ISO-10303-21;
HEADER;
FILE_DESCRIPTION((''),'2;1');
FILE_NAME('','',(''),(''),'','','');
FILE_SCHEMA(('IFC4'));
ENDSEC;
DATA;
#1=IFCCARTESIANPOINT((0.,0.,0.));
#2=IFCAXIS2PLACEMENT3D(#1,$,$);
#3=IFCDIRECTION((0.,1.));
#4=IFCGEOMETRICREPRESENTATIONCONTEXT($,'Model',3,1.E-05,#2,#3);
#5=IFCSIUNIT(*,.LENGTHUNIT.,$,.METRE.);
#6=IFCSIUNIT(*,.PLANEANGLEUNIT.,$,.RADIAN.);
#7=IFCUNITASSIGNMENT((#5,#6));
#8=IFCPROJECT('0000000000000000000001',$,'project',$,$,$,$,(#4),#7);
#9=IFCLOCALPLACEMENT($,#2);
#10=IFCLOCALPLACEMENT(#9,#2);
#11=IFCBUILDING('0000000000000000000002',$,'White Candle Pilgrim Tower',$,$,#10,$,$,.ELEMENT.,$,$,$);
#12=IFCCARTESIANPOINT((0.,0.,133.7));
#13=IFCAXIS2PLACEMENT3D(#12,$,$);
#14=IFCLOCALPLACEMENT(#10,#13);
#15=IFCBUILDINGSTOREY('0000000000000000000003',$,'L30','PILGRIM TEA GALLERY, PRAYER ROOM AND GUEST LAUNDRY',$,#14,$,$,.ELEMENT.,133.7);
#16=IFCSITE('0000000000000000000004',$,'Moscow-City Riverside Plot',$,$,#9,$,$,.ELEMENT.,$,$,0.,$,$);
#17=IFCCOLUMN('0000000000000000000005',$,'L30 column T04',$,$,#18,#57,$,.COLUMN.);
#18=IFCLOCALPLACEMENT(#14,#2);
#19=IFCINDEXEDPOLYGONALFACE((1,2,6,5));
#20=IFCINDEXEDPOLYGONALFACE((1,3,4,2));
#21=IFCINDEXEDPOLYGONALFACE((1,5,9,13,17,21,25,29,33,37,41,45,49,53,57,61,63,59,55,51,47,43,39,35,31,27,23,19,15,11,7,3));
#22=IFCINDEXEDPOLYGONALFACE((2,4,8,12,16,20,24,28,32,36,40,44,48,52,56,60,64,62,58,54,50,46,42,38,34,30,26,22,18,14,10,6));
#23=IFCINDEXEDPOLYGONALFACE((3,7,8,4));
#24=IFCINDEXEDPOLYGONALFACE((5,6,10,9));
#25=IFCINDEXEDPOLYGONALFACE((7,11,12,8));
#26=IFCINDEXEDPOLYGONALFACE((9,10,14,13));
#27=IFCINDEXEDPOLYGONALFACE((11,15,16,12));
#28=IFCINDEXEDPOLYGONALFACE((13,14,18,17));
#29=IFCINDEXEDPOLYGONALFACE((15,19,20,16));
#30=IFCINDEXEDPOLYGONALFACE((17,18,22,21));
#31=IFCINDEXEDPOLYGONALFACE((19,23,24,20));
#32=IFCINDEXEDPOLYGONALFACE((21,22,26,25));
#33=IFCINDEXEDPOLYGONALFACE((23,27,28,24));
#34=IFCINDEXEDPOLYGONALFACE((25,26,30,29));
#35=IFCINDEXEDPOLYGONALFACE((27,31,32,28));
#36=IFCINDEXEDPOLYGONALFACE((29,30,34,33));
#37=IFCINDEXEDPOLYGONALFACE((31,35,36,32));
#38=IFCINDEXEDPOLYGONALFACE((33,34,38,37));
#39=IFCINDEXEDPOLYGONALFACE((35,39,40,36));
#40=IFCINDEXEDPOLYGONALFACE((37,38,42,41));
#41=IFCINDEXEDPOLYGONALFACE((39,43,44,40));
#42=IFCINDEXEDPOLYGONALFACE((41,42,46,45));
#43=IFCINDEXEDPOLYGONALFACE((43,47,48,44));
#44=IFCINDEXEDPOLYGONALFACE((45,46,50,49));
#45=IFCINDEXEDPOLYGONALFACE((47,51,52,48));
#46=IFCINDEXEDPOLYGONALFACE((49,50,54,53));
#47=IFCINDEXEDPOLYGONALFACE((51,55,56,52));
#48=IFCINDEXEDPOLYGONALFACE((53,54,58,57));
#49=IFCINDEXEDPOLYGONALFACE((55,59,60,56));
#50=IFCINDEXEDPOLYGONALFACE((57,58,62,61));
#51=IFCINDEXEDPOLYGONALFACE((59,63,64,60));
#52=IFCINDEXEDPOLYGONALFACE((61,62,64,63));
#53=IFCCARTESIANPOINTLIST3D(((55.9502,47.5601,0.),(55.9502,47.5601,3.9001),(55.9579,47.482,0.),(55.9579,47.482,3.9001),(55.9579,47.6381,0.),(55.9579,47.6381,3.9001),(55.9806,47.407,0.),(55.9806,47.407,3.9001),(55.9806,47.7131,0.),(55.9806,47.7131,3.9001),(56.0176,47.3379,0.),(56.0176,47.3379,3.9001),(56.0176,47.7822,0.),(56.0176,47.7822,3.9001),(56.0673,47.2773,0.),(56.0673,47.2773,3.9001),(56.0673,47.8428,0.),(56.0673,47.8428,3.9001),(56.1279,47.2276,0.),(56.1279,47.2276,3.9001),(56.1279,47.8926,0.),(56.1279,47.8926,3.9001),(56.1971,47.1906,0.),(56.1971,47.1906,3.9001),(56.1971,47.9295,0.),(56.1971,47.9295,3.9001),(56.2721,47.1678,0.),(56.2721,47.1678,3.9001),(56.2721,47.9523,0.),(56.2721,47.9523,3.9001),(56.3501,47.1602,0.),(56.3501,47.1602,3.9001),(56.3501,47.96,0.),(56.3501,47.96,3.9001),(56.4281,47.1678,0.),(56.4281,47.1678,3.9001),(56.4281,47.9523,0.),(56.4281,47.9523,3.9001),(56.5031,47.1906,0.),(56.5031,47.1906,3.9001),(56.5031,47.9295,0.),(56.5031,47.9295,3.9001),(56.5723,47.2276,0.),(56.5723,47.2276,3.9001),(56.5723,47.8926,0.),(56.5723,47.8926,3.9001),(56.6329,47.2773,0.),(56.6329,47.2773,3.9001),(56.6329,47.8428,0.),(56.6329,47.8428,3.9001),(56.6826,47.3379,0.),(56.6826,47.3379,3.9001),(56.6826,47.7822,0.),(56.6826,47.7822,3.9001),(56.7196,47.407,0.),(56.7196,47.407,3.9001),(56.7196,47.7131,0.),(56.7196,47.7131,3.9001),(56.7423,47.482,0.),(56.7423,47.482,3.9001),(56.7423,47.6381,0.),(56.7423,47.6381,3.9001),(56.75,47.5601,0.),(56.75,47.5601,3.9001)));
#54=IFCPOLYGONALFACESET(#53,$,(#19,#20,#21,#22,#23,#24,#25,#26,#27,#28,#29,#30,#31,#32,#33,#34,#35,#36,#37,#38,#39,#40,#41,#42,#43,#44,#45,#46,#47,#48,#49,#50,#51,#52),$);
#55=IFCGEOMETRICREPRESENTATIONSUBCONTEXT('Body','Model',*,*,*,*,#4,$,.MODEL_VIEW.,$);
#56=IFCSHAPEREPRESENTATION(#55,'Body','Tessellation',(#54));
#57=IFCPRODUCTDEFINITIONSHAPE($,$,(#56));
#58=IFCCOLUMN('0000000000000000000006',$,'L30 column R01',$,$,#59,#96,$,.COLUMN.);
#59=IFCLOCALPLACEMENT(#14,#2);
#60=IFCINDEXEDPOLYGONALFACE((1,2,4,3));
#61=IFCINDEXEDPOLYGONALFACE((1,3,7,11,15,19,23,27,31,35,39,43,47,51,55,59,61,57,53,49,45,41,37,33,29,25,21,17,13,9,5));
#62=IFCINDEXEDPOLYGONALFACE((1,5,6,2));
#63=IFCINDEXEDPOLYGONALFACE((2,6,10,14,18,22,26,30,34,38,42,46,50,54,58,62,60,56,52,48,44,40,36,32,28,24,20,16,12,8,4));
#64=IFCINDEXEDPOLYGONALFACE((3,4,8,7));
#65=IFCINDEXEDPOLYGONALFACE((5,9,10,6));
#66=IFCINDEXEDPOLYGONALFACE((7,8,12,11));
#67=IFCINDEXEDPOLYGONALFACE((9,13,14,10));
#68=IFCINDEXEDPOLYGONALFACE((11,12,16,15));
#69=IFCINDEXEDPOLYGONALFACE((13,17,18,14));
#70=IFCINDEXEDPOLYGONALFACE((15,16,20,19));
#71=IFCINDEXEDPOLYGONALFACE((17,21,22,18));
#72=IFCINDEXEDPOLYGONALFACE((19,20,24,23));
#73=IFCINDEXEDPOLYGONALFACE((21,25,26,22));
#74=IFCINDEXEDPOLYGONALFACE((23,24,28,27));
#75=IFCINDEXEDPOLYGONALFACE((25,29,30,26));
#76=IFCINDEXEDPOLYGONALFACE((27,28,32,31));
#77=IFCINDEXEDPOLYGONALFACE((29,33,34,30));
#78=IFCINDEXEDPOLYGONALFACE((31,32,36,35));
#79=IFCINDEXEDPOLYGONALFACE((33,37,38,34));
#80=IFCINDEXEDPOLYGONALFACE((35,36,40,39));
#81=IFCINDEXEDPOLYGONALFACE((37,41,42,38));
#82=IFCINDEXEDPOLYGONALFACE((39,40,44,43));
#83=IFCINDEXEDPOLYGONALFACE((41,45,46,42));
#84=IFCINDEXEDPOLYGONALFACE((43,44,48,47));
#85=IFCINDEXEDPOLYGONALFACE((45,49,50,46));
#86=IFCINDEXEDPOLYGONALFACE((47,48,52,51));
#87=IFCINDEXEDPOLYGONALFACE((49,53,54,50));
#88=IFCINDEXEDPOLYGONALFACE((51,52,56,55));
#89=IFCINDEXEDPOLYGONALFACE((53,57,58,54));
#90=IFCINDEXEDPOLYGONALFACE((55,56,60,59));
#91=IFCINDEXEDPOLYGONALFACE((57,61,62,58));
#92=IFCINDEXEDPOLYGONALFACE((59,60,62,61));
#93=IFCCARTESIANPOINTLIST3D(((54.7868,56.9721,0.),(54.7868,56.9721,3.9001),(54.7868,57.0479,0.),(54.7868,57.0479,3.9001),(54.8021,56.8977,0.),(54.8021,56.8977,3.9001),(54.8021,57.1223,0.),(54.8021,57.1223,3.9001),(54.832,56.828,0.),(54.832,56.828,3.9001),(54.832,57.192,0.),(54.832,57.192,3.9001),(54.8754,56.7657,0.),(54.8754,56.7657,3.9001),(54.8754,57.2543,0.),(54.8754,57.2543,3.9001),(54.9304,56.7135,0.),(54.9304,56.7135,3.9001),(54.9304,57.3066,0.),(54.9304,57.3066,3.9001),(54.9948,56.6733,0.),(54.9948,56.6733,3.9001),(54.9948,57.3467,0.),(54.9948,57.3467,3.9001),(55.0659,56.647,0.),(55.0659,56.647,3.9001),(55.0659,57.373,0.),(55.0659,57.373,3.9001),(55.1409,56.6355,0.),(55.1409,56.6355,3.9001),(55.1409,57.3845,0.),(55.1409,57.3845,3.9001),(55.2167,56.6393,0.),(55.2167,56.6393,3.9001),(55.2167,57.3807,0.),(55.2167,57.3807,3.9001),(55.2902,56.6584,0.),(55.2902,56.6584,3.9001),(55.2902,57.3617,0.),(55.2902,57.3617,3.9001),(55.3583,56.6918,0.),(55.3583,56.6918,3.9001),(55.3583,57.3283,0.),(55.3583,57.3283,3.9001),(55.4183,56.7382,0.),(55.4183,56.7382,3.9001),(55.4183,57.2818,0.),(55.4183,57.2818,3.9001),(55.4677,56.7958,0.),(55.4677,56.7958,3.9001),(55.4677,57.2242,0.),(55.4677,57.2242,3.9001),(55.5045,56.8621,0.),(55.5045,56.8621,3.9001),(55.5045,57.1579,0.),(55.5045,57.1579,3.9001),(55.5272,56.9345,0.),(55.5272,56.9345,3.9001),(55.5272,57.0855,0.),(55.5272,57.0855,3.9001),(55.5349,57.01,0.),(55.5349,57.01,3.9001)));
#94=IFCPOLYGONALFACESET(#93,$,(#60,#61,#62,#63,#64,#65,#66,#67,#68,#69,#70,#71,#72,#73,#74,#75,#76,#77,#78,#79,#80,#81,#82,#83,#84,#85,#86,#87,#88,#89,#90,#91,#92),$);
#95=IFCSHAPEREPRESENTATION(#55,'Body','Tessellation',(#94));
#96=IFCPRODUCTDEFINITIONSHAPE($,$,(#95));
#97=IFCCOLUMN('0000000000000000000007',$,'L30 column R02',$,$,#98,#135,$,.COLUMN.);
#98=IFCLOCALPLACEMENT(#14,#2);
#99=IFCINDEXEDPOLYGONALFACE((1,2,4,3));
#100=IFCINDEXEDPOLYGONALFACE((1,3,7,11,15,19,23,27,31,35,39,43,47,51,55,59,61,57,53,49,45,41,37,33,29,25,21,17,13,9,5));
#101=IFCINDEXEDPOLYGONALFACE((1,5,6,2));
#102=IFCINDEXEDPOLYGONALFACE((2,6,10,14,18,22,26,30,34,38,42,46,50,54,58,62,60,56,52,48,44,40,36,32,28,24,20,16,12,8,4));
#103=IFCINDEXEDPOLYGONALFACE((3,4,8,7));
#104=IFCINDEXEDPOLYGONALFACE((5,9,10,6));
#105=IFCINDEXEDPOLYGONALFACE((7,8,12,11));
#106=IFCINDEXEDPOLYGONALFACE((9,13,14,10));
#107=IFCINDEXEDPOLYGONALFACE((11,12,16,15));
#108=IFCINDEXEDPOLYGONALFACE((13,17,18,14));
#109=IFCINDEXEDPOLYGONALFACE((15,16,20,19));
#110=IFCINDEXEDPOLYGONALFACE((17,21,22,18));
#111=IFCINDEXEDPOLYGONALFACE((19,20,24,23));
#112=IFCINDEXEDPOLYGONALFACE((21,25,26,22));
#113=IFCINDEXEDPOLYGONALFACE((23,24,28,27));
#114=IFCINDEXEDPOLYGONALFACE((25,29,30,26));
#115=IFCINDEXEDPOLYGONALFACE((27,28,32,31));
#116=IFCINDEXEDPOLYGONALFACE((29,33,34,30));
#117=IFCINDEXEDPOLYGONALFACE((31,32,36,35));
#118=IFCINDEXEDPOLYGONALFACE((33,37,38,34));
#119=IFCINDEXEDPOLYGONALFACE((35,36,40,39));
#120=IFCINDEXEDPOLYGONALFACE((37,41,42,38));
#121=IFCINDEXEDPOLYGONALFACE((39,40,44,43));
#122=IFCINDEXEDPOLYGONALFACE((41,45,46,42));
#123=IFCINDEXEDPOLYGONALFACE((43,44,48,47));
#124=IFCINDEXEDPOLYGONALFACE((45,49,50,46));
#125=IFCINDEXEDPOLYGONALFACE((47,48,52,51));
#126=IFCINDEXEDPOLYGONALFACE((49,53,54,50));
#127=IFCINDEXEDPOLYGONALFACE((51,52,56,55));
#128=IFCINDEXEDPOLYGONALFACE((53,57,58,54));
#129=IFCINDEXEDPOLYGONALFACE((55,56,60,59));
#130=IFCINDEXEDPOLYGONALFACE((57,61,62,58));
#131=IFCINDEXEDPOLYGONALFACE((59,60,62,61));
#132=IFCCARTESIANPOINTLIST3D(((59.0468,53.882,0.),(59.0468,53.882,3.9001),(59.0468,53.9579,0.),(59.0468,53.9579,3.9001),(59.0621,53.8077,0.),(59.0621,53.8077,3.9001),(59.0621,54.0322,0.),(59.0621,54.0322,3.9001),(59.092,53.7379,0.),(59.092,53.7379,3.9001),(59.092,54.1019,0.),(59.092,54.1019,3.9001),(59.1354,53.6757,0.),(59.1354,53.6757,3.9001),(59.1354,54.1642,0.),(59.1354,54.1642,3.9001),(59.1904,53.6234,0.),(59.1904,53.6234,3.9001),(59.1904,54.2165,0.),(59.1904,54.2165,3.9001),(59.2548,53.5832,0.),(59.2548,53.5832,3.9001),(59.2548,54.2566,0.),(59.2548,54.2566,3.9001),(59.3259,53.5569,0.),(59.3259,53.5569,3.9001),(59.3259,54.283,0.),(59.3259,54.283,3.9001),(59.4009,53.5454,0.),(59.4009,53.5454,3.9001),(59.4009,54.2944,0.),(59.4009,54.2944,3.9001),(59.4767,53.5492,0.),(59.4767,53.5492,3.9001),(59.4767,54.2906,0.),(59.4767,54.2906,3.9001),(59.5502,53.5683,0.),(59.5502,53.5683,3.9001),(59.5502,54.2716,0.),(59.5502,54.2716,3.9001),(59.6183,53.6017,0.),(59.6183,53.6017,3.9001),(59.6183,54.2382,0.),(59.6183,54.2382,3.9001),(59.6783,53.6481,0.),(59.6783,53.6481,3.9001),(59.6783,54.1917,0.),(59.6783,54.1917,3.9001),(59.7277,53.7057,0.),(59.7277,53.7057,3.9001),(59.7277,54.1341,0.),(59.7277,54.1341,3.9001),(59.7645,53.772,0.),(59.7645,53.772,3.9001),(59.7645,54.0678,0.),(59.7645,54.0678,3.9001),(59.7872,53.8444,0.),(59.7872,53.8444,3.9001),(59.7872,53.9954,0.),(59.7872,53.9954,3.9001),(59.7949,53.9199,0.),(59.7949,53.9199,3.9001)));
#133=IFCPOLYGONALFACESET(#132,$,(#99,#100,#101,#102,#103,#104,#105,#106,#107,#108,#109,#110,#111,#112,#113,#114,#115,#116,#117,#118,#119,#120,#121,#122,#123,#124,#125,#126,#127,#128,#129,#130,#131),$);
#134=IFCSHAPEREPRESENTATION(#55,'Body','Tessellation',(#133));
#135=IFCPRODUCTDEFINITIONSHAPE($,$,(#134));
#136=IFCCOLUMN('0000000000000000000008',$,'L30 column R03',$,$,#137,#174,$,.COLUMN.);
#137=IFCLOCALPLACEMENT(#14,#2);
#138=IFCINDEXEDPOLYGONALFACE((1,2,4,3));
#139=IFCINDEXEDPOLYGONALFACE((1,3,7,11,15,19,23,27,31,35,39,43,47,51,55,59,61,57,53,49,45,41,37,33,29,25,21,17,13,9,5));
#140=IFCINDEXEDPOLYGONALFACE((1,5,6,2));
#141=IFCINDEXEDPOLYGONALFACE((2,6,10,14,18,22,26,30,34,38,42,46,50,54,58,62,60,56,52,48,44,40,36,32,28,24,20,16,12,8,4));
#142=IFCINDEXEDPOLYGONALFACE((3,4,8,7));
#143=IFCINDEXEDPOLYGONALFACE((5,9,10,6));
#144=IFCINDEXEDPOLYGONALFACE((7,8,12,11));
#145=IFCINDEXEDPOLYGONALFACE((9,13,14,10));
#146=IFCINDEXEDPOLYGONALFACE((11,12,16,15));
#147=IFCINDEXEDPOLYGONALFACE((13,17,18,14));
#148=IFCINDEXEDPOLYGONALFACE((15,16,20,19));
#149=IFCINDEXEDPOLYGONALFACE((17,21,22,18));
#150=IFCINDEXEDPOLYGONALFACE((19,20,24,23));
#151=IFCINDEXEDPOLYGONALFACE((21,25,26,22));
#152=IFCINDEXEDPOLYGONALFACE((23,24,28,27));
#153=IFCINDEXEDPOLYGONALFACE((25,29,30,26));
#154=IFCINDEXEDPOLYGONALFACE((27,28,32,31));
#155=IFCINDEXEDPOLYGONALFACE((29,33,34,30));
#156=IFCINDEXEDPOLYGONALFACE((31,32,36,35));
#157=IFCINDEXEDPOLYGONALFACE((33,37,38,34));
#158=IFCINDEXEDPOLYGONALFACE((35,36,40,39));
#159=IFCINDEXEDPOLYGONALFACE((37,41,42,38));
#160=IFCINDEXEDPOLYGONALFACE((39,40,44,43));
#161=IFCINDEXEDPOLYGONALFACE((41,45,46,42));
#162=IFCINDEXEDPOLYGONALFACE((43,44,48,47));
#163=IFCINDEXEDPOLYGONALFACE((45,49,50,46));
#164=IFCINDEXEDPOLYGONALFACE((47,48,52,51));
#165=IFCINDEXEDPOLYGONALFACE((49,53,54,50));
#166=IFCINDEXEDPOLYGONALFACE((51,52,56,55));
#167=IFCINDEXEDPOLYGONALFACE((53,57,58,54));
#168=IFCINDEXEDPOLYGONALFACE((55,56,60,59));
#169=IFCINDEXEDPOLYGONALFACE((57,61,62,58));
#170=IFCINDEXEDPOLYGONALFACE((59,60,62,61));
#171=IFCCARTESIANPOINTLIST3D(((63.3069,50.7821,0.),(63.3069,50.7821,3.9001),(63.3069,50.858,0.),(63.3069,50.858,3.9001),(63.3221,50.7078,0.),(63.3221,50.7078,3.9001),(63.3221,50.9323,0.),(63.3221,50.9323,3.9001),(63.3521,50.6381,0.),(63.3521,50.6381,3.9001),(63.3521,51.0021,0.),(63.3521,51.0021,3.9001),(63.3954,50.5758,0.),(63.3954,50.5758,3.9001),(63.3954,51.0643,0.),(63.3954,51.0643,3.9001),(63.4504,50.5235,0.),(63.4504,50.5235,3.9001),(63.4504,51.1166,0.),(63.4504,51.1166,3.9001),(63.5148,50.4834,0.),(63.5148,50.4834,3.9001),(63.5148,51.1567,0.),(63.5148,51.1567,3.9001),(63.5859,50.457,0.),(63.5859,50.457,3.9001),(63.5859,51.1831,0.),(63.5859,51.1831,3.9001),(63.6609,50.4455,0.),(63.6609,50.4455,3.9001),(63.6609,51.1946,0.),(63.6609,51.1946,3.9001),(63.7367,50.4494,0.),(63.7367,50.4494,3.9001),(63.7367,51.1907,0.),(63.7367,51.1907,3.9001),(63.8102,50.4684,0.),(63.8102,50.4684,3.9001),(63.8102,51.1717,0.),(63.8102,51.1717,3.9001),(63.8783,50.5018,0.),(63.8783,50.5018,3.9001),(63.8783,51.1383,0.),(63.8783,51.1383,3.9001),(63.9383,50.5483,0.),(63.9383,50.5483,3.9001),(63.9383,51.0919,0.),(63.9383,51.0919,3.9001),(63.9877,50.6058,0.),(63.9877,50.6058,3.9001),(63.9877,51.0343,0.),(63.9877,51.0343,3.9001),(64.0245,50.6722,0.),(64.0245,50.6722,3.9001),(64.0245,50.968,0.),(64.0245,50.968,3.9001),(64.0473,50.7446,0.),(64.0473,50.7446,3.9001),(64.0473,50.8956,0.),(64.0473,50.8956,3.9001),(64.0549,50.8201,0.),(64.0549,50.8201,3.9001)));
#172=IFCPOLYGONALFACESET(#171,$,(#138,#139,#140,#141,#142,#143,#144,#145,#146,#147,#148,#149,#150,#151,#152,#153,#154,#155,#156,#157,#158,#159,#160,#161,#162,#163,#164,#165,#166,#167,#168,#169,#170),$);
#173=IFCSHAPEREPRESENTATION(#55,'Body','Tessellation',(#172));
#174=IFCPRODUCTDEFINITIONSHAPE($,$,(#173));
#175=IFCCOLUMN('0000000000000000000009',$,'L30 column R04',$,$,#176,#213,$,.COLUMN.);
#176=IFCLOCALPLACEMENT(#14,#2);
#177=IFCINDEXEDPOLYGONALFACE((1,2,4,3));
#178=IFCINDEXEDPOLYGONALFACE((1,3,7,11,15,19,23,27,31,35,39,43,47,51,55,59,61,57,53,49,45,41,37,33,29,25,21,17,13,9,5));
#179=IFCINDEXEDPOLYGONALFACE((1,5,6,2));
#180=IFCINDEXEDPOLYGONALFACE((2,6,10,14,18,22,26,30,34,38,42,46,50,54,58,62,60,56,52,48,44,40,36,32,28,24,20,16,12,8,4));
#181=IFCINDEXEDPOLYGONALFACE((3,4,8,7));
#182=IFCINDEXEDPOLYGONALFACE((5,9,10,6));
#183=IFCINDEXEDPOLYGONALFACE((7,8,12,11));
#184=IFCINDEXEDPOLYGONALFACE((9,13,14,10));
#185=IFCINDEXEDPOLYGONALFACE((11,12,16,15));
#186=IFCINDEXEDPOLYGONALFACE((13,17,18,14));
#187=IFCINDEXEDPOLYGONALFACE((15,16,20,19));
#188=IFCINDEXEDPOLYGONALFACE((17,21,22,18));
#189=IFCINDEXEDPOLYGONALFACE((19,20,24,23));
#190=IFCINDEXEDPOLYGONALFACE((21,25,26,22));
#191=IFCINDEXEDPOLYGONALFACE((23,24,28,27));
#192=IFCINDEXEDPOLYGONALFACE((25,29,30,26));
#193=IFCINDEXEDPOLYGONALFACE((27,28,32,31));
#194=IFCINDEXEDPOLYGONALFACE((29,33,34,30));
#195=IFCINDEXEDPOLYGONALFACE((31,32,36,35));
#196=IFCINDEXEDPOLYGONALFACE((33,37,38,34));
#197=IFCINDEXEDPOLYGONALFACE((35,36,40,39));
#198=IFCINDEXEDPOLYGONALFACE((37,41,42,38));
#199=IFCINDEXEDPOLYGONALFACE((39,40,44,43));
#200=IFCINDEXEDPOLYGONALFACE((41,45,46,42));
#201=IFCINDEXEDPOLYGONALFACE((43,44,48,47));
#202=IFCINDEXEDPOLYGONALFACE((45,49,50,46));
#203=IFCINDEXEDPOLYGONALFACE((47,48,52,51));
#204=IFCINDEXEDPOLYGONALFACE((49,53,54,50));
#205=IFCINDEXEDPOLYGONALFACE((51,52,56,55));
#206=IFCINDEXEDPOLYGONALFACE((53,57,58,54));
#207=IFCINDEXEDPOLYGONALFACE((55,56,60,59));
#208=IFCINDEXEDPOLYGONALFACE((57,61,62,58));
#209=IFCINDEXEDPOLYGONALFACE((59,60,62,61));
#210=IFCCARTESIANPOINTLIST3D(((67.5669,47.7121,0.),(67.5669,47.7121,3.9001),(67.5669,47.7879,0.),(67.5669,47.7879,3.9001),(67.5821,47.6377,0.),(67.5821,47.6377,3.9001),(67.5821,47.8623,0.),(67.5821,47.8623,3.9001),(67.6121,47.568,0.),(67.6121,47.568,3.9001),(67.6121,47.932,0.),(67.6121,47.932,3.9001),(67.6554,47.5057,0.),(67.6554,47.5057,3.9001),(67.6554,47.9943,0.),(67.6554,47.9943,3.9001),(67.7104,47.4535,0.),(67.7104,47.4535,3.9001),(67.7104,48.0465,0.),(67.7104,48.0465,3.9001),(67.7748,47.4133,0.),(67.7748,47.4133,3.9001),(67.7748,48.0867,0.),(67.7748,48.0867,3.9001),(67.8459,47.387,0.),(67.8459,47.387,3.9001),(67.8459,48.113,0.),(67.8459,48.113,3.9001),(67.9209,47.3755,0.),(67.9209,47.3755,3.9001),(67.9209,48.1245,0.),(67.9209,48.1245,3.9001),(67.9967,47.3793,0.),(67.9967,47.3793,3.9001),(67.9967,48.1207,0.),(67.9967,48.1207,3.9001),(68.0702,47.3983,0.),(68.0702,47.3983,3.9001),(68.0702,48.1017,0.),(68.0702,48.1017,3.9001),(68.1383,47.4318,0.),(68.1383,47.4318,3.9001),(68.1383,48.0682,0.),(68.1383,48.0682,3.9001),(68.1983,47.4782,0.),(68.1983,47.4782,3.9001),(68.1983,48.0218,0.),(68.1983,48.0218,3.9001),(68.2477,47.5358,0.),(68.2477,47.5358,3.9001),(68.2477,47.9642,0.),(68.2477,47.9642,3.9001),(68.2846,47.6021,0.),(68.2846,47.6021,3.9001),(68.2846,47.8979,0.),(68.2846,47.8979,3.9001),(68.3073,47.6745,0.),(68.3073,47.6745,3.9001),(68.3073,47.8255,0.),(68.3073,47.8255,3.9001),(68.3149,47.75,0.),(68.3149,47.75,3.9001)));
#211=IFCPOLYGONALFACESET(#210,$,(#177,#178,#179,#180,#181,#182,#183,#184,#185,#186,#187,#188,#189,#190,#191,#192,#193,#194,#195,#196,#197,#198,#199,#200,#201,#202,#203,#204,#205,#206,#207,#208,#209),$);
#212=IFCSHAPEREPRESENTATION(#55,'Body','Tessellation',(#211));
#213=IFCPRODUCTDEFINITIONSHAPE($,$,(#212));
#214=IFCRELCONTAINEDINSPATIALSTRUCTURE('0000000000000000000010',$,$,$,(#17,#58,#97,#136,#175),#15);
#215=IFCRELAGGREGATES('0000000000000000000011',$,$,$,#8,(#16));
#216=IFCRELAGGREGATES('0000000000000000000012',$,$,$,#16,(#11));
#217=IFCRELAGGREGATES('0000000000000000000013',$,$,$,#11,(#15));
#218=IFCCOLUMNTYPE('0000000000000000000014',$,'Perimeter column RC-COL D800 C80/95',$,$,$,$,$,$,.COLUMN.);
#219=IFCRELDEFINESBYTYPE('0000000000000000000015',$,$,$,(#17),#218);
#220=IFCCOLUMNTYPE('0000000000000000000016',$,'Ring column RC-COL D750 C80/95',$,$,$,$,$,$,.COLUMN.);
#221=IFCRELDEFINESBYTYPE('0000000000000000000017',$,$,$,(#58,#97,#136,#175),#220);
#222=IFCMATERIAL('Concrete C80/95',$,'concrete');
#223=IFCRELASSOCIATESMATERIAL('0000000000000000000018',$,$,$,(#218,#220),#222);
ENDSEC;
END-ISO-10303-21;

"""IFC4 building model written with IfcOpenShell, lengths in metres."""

from ifc_helpers import new_model, si_unit, direction, frame, origin, origin_2d, place, context, subcontext, project, spatial, circle, extrude, material, material_profile, profile_set, type_object, element, save


model = new_model("IFC4")

# Units and contexts
model_context = context("Model", 3, precision=1e-05, world=origin(), true_north=direction((0.0, 1.0)))
body_context = subcontext(model_context, "Body", "Model", "MODEL_VIEW")
ifc_project = project(units=[si_unit("LENGTHUNIT", "METRE"), si_unit("PLANEANGLEUNIT", "RADIAN")], contexts=[model_context])

# Site, building, storey
site_placement = place(None, origin())
site = spatial("IfcSite", under=ifc_project, at=site_placement, Name="Moscow-City Riverside Plot", CompositionType="ELEMENT", RefElevation=0.0)
building_placement = place(site_placement, origin())
building = spatial("IfcBuilding", under=site, at=building_placement, Name="White Candle Pilgrim Tower", CompositionType="ELEMENT")
storey_placement = place(building_placement, frame((0.0, 0.0, 133.7)))
storey = spatial("IfcBuildingStorey", under=building, at=storey_placement, Name="L30", Description="PILGRIM TEA GALLERY, PRAYER ROOM AND GUEST LAUNDRY", CompositionType="ELEMENT", Elevation=133.7)

# Columns
ifc_material_1 = material(Name="Concrete C80/95", Category="concrete")
ifc_material_profile_1 = material_profile(ifc_material_1, circle(Radius=0.3999, at=origin_2d()), Name="RC-COL D800")
ifc_profile_set_1 = profile_set([ifc_material_profile_1], Name="Concrete C80/95")
column_type_1 = type_object("IfcColumnType", Name="Perimeter column RC-COL D800 C80/95", PredefinedType="COLUMN", material=ifc_profile_set_1)
column_placement = place(storey_placement, frame((56.3501, 47.5601, 0.0), z_axis=(0.0, 0.0, 1.0), x_axis=(1.0, 0.0, 0.0)))
element("IfcColumn", 1, at=column_placement, inside=storey, type_object=column_type_1, Name="L30 column T04", PredefinedType="COLUMN", context=body_context, shape_type="SweptSolid", body=[
    extrude(circle(Radius=0.3999, at=origin_2d()), origin(), (0.0, 0.0, 1.0), 3.9001),
])
ifc_material_profile_2 = material_profile(ifc_material_1, circle(Radius=0.375, at=origin_2d()), Name="RC-COL D750")
ifc_profile_set_2 = profile_set([ifc_material_profile_2], Name="Concrete C80/95")
column_type_2 = type_object("IfcColumnType", Name="Ring column RC-COL D750 C80/95", PredefinedType="COLUMN", material=ifc_profile_set_2)
for number, where, z_axis, x_axis, name in (
    (2, (55.1599, 57.01, 0.0), (0.0, 0.0, 1.0), (1.0, 0.0, 0.0), "L30 column R01"),
    (3, (59.4199, 53.9199, 0.0), (0.0, 0.0, 1.0), (1.0, 0.0, 0.0), "L30 column R02"),
    (4, (63.6799, 50.8201, 0.0), (0.0, 0.0, 1.0), (1.0, 0.0, 0.0), "L30 column R03"),
    (5, (67.9399, 47.75, 0.0), (0.0, 0.0, 1.0), (1.0, 0.0, 0.0), "L30 column R04"),
):
    element("IfcColumn", number, at=place(storey_placement, frame(where, z_axis=z_axis, x_axis=x_axis)), inside=storey, type_object=column_type_2, Name=name, PredefinedType="COLUMN", context=body_context, shape_type="SweptSolid", body=[
        extrude(circle(Radius=0.375, at=origin_2d()), origin(), (0.0, 0.0, 1.0), 3.9001),
    ])

save(model, "model.ifc")
